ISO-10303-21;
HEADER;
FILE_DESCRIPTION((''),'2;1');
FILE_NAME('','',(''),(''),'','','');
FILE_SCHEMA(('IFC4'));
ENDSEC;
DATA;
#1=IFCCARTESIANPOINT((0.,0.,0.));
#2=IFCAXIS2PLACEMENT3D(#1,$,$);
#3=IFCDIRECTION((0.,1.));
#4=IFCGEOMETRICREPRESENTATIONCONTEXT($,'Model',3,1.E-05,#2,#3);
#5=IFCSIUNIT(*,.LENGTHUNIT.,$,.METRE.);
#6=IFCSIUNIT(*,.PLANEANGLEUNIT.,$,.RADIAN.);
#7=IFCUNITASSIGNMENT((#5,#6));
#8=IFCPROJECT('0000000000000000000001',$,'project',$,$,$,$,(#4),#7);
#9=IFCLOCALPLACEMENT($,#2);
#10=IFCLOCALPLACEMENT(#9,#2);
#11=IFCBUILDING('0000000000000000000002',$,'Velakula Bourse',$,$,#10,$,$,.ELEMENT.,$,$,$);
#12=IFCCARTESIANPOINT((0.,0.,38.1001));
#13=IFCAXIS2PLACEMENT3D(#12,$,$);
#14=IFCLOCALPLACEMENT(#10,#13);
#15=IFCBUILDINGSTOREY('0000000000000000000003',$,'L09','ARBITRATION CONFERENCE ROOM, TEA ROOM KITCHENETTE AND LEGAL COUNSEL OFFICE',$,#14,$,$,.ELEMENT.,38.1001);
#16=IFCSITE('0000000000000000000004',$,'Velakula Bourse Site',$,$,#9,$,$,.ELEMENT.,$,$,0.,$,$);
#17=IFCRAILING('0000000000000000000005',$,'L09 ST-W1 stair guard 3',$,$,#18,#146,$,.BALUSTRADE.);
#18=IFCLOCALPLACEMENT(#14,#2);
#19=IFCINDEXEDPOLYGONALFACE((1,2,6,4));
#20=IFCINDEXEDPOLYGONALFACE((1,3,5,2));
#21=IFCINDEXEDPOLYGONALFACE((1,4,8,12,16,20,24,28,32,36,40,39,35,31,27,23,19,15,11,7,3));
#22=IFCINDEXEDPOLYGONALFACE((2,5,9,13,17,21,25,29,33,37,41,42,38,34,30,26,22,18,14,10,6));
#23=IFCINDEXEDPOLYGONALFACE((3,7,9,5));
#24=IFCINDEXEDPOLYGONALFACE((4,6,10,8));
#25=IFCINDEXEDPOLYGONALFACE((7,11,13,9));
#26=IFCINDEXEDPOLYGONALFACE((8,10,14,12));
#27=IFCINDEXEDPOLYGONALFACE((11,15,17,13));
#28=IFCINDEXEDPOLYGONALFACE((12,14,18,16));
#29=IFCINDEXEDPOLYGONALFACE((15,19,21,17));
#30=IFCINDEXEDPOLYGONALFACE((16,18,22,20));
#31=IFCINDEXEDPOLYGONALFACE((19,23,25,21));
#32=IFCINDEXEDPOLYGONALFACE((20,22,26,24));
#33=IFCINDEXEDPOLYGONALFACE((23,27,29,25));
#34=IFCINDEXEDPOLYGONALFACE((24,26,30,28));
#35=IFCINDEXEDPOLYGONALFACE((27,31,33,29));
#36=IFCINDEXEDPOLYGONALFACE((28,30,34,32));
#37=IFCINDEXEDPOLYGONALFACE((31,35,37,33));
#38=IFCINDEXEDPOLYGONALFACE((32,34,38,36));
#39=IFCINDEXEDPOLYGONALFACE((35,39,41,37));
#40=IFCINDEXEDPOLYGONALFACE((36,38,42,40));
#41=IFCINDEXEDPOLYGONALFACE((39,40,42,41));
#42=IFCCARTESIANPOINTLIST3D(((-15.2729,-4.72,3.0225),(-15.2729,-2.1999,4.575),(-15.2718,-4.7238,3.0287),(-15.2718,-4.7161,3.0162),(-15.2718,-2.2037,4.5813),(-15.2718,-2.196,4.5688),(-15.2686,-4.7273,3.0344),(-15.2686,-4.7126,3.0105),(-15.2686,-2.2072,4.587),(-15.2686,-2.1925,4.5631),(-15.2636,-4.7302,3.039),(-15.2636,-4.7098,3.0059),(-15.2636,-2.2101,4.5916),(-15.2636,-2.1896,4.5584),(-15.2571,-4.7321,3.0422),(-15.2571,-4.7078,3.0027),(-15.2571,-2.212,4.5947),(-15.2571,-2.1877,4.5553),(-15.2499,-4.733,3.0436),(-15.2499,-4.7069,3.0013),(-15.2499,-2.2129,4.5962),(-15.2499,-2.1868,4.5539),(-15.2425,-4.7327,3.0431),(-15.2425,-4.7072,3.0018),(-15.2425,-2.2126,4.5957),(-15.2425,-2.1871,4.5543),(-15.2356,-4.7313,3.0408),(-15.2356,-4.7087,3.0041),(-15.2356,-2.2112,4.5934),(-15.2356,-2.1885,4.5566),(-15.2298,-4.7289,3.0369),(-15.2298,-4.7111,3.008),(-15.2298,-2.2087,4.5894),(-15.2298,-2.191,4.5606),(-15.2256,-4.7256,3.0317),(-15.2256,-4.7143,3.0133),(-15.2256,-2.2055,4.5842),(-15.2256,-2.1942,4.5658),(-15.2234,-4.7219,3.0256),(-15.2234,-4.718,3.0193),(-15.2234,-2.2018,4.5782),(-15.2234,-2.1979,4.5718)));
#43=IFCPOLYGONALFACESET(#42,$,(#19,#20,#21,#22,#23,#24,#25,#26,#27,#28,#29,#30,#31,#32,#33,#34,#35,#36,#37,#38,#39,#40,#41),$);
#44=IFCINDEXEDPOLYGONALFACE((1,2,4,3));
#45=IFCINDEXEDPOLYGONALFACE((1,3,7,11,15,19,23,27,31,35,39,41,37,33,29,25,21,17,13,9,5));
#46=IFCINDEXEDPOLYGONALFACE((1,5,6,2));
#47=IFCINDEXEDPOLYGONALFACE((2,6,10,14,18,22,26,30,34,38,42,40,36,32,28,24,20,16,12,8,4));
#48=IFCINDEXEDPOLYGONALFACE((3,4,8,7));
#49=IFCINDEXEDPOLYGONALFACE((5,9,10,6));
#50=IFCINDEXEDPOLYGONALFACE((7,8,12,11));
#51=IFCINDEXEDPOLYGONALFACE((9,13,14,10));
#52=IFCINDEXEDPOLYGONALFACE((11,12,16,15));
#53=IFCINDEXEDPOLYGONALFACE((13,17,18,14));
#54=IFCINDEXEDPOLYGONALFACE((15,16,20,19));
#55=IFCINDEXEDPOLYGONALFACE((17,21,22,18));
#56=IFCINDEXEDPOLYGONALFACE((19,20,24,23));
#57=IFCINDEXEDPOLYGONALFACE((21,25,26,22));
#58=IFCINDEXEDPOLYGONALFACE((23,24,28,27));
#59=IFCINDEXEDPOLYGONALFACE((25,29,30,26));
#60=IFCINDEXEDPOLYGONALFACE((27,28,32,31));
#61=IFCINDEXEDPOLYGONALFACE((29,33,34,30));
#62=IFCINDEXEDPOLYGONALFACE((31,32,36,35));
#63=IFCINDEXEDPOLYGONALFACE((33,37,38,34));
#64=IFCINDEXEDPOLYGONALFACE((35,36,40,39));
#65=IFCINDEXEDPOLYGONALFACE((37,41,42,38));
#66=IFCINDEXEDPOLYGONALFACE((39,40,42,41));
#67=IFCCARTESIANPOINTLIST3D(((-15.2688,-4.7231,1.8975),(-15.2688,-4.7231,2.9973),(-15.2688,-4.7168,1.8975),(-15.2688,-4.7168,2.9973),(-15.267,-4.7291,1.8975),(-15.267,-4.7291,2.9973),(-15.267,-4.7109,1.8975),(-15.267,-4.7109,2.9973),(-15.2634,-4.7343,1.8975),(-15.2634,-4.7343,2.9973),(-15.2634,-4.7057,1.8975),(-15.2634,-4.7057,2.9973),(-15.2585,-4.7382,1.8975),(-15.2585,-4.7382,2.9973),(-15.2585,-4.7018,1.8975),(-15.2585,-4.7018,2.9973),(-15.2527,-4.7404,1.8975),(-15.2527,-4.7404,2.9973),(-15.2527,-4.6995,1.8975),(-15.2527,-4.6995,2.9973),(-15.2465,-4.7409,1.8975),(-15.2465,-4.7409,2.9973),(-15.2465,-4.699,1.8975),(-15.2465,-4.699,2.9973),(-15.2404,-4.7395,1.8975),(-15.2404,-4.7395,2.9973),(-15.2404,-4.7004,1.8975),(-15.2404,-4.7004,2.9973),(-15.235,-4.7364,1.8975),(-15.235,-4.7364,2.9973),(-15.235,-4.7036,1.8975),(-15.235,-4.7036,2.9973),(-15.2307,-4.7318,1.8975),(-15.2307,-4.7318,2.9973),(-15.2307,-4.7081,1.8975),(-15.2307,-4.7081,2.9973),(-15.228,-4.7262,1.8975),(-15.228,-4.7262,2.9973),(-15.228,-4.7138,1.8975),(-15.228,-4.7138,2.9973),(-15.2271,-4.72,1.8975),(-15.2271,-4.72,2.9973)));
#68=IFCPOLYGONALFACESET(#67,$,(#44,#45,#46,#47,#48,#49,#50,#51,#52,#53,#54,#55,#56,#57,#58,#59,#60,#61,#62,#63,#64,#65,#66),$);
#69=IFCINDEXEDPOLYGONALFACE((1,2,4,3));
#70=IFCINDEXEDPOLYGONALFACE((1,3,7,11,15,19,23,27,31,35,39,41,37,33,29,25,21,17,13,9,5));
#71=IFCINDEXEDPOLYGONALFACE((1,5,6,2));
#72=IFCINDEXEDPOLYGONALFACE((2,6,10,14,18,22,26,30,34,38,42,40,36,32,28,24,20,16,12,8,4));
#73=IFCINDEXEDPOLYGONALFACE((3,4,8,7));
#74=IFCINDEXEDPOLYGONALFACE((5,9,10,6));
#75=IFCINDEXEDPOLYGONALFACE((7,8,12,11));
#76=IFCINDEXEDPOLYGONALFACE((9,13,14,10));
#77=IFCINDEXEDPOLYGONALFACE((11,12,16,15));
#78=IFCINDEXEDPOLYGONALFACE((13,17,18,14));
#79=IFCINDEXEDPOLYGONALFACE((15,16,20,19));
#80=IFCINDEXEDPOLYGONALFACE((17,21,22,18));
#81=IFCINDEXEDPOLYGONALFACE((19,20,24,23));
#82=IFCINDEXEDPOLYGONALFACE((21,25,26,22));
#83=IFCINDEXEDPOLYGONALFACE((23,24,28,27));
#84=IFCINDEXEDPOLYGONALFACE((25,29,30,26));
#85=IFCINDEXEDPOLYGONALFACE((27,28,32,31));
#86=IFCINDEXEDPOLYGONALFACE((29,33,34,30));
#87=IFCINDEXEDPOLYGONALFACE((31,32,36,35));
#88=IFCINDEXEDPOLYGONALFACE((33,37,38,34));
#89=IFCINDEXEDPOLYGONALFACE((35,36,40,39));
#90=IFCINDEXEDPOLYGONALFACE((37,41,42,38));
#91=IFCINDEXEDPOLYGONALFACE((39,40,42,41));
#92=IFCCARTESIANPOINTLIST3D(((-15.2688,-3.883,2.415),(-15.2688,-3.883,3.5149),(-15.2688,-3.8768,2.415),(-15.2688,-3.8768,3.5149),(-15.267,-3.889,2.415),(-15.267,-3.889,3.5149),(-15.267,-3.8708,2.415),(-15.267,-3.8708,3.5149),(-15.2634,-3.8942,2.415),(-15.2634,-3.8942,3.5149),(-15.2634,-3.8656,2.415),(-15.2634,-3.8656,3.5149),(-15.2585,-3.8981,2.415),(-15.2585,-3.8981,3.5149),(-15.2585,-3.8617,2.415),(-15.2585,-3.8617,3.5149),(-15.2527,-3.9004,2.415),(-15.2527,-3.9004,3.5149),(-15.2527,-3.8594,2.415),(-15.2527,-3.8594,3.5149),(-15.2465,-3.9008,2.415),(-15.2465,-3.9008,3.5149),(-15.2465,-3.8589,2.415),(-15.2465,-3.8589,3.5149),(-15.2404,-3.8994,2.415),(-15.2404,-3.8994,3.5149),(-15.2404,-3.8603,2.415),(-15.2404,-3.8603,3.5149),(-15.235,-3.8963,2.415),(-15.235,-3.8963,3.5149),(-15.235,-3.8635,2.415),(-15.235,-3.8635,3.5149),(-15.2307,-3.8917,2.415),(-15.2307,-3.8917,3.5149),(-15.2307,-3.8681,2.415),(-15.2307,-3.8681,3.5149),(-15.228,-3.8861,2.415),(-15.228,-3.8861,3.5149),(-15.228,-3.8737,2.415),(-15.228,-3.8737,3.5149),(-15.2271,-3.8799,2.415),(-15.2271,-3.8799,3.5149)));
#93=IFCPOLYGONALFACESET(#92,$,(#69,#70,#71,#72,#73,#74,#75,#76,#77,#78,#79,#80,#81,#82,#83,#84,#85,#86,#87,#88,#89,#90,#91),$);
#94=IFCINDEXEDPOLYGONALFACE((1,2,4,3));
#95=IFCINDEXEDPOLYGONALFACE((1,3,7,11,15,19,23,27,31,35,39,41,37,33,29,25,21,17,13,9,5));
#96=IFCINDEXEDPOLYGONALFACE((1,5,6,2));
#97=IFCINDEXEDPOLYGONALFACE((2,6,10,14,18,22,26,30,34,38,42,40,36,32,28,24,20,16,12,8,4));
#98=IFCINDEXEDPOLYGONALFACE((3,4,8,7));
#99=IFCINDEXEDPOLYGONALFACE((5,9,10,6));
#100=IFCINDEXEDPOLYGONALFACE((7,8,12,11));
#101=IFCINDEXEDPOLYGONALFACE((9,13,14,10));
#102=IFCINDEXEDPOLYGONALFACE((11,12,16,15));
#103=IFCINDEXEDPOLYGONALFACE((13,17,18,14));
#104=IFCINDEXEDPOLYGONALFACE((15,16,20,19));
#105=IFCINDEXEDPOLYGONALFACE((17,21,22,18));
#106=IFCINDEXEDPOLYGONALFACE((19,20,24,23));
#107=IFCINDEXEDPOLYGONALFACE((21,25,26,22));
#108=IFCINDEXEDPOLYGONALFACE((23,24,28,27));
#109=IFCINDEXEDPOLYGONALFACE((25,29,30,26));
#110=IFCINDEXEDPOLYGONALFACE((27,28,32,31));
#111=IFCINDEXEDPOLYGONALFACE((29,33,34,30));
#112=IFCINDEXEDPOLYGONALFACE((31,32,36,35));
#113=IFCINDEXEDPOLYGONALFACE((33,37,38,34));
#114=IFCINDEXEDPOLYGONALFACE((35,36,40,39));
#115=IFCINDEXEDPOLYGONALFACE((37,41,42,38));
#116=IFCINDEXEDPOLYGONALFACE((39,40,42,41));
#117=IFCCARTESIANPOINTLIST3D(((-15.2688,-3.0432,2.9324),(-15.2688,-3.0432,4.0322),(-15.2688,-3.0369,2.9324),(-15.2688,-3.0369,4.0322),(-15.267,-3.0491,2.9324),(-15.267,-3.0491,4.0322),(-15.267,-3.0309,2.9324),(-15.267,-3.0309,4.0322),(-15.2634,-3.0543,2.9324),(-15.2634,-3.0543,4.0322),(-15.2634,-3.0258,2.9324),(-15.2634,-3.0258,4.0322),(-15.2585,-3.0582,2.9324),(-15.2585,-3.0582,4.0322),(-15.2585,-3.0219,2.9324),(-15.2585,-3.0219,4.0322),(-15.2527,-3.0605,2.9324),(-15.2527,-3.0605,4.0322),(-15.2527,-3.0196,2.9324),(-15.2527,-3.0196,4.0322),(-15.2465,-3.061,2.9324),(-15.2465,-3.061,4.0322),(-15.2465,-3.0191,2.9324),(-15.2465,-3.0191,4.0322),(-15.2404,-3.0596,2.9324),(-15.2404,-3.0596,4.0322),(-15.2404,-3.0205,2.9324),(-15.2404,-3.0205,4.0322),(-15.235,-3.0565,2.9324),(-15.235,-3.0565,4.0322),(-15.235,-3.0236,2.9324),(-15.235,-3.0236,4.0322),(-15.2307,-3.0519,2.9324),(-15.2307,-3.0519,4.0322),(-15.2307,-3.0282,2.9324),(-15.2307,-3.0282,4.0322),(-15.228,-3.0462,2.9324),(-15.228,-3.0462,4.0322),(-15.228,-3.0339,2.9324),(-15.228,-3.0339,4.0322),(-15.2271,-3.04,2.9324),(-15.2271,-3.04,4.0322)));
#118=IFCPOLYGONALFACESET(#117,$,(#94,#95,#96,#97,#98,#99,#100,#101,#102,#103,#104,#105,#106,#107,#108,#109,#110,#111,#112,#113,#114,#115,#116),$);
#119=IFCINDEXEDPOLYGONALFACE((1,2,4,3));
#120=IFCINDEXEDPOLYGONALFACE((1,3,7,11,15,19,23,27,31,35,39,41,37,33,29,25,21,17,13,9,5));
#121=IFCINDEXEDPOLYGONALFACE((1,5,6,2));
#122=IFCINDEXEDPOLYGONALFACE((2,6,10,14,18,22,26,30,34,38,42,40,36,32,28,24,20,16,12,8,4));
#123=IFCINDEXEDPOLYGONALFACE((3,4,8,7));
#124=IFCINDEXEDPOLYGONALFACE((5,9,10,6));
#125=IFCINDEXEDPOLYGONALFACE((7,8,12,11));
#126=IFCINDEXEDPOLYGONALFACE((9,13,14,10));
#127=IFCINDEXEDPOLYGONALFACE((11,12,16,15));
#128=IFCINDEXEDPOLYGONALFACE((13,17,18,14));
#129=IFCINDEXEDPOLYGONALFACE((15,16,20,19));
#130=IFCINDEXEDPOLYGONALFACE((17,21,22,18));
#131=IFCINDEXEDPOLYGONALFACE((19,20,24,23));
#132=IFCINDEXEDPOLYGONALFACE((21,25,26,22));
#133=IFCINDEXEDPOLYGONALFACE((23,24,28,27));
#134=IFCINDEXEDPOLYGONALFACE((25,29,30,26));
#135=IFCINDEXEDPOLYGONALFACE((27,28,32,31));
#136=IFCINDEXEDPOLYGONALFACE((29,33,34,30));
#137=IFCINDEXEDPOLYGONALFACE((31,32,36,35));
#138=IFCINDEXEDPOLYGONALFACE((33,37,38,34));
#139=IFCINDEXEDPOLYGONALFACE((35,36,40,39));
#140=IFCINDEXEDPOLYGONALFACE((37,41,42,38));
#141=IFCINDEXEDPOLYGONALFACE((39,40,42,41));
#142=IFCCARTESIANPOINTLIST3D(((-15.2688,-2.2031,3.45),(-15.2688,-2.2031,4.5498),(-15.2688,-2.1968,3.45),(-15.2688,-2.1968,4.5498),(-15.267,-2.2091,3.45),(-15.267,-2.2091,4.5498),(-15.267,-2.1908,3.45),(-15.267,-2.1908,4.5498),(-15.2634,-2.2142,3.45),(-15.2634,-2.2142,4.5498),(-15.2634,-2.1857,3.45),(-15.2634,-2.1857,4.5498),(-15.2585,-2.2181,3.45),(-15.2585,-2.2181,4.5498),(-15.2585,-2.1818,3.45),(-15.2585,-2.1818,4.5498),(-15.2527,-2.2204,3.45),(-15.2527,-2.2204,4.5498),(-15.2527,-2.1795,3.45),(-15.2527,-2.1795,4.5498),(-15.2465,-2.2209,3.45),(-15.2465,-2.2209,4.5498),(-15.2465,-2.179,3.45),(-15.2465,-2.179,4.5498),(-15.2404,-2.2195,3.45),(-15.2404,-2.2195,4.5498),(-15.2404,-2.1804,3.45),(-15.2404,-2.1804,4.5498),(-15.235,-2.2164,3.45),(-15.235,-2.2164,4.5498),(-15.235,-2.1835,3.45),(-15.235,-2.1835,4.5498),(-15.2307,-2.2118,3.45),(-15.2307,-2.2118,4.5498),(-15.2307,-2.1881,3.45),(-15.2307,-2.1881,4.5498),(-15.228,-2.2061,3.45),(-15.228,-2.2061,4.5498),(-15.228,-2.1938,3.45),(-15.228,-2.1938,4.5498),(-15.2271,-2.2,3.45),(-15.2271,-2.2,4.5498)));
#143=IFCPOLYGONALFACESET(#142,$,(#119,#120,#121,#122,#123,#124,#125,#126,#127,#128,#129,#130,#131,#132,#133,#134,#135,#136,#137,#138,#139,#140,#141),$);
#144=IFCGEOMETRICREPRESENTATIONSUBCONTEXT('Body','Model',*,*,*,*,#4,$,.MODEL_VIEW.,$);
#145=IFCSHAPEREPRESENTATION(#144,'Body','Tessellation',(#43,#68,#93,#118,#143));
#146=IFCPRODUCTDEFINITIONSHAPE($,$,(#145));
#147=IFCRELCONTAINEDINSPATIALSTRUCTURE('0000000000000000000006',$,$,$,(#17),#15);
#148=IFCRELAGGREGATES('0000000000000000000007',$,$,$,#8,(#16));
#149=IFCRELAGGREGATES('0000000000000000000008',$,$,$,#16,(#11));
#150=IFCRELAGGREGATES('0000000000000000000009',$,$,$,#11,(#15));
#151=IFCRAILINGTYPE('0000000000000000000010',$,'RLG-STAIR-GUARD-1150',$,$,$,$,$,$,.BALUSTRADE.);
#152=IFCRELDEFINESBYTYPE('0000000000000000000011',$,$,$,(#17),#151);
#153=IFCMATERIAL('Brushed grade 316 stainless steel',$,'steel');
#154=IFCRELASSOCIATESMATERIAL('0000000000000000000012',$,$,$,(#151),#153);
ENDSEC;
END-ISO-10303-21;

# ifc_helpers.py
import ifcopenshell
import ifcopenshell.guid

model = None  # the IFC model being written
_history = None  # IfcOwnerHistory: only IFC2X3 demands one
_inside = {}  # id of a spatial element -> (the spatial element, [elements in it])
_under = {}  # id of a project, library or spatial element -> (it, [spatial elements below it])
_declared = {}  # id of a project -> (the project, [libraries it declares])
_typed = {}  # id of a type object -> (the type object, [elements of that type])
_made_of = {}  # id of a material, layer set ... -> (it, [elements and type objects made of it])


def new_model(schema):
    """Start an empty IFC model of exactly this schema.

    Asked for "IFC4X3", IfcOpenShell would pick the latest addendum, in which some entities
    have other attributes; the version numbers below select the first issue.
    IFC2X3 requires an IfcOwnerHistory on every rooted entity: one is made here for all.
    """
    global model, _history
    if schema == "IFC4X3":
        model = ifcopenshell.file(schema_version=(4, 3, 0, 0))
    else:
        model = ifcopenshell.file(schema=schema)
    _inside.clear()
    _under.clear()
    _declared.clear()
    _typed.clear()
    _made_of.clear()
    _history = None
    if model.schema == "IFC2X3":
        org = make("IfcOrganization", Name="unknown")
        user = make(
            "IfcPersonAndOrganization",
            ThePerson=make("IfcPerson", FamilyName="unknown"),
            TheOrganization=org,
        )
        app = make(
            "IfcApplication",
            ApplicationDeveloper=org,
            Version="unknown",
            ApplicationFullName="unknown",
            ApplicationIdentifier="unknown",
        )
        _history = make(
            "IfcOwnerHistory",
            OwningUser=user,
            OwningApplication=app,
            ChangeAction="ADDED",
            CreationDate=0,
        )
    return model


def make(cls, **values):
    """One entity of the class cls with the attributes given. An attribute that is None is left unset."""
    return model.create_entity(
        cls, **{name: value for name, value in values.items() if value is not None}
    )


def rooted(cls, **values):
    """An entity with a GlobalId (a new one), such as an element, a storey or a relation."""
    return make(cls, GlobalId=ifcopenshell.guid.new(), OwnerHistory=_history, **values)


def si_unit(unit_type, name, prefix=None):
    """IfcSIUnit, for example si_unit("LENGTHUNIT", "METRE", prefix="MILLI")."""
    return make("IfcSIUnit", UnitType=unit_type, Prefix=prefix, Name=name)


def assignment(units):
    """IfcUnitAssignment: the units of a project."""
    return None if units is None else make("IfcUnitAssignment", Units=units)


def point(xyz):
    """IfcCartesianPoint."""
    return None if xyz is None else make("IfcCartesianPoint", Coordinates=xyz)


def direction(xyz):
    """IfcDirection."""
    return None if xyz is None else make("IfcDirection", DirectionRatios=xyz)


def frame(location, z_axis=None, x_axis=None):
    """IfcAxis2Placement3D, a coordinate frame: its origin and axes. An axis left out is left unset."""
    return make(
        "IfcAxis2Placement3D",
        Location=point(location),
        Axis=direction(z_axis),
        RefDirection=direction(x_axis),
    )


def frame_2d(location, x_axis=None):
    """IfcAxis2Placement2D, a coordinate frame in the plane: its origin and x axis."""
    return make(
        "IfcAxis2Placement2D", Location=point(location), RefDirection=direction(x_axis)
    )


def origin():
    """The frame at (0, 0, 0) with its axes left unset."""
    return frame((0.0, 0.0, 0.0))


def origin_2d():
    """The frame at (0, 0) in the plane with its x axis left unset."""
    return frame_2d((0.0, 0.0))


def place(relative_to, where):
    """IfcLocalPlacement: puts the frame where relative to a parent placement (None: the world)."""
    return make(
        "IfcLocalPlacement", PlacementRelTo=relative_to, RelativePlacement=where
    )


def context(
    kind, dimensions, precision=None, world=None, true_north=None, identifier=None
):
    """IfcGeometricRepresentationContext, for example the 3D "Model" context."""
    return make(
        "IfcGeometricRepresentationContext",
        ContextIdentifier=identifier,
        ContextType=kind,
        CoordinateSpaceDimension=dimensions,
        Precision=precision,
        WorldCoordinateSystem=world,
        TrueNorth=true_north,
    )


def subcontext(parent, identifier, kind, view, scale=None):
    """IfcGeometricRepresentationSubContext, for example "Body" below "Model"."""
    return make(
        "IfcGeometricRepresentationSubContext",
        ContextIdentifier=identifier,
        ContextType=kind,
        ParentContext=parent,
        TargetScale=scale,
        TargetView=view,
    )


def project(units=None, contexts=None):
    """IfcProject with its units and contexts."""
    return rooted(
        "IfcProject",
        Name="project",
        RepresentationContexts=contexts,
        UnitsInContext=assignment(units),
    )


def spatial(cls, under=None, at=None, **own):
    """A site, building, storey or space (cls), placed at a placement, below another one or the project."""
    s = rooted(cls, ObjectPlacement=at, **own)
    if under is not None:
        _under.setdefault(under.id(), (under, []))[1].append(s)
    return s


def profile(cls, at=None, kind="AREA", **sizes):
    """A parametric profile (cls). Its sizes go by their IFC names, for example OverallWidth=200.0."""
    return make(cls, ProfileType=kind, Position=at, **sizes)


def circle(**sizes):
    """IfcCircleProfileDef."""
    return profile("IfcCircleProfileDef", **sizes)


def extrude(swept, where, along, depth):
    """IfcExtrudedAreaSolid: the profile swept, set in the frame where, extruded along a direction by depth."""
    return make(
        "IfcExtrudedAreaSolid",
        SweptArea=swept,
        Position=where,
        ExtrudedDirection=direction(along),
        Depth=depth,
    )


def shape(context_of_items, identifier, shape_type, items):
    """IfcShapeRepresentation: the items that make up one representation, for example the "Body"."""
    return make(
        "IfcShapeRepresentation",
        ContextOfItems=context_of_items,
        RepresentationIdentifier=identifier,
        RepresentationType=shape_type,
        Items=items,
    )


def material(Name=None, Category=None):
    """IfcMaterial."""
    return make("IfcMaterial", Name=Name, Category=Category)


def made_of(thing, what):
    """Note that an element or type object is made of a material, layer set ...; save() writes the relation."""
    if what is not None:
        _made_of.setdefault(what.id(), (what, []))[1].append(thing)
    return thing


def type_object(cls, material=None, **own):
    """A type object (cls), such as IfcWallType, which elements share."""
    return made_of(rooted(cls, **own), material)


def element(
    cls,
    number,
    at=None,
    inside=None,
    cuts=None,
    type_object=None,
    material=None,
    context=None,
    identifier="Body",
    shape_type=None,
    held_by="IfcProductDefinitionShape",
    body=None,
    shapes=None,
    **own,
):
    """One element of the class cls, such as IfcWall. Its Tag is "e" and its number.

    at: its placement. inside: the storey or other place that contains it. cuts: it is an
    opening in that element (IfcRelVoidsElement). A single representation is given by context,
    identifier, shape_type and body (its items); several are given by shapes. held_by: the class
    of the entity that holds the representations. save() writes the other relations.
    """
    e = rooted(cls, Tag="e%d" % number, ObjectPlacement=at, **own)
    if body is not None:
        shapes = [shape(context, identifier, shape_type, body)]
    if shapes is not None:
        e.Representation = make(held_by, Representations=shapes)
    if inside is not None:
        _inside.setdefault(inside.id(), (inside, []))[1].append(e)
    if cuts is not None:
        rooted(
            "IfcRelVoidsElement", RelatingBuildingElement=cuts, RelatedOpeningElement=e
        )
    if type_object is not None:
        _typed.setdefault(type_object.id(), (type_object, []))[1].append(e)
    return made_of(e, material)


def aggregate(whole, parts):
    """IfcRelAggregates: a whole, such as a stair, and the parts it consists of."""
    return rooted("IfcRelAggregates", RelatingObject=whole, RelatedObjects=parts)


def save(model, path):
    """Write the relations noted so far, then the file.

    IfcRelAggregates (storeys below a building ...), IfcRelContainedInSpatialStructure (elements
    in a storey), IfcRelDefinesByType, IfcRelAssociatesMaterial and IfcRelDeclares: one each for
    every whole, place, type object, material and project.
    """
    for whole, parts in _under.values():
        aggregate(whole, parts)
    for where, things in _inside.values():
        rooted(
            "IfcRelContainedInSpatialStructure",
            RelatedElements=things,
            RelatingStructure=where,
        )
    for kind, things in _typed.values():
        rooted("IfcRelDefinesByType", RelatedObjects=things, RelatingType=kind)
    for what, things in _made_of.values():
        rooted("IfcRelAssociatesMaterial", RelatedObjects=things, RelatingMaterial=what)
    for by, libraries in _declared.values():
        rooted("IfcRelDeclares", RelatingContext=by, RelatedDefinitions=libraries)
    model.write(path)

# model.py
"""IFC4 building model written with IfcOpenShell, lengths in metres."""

from ifc_helpers import new_model, si_unit, direction, frame, origin, origin_2d, place, context, subcontext, project, spatial, circle, extrude, material, type_object, element, save


model = new_model("IFC4")

# Units and contexts
model_context = context("Model", 3, precision=1e-05, world=origin(), true_north=direction((0.0, 1.0)))
body_context = subcontext(model_context, "Body", "Model", "MODEL_VIEW")
ifc_project = project(units=[si_unit("LENGTHUNIT", "METRE"), si_unit("PLANEANGLEUNIT", "RADIAN")], contexts=[model_context])

# Site, building, storey
site_placement = place(None, origin())
site = spatial("IfcSite", under=ifc_project, at=site_placement, Name="Velakula Bourse Site", CompositionType="ELEMENT", RefElevation=0.0)
building_placement = place(site_placement, origin())
building = spatial("IfcBuilding", under=site, at=building_placement, Name="Velakula Bourse", CompositionType="ELEMENT")
storey_placement = place(building_placement, frame((0.0, 0.0, 38.1001)))
storey = spatial("IfcBuildingStorey", under=building, at=storey_placement, Name="L09", Description="ARBITRATION CONFERENCE ROOM, TEA ROOM KITCHENETTE AND LEGAL COUNSEL OFFICE", CompositionType="ELEMENT", Elevation=38.1001)

# Shared definitions
ifc_material_1 = material(Name="Brushed grade 316 stainless steel", Category="steel")

# Railing
railing_type_1 = type_object("IfcRailingType", Name="RLG-STAIR-GUARD-1150", PredefinedType="BALUSTRADE", material=ifc_material_1)
railing_1_placement = place(storey_placement, frame((-15.248, -4.72, 1.8975)))
element("IfcRailing", 1, at=railing_1_placement, inside=storey, type_object=railing_type_1, Name="L09 ST-W1 stair guard 3", PredefinedType="BALUSTRADE", context=body_context, shape_type="SweptSolid", body=[
    extrude(circle(Radius=0.0249, at=origin_2d()), frame((0.0, 0.0, 1.125), z_axis=(0.0, 0.8514, 0.524516), x_axis=(-1.0, 0.0, 0.0)), (0.0, 0.0, 1.0), 2.96),
    extrude(circle(Radius=0.021, at=origin_2d()), origin(), (0.0, 0.0, 1.0), 1.0999),
    extrude(circle(Radius=0.021, at=origin_2d()), frame((0.0, 0.8401, 0.5176)), (0.0, 0.0, 1.0), 1.0999),
    extrude(circle(Radius=0.021, at=origin_2d()), frame((0.0, 1.6799, 1.0349)), (0.0, 0.0, 1.0), 1.0999),
    extrude(circle(Radius=0.021, at=origin_2d()), frame((0.0, 2.52, 1.5525)), (0.0, 0.0, 1.0), 1.0999),
])

save(model, "model.ifc")
